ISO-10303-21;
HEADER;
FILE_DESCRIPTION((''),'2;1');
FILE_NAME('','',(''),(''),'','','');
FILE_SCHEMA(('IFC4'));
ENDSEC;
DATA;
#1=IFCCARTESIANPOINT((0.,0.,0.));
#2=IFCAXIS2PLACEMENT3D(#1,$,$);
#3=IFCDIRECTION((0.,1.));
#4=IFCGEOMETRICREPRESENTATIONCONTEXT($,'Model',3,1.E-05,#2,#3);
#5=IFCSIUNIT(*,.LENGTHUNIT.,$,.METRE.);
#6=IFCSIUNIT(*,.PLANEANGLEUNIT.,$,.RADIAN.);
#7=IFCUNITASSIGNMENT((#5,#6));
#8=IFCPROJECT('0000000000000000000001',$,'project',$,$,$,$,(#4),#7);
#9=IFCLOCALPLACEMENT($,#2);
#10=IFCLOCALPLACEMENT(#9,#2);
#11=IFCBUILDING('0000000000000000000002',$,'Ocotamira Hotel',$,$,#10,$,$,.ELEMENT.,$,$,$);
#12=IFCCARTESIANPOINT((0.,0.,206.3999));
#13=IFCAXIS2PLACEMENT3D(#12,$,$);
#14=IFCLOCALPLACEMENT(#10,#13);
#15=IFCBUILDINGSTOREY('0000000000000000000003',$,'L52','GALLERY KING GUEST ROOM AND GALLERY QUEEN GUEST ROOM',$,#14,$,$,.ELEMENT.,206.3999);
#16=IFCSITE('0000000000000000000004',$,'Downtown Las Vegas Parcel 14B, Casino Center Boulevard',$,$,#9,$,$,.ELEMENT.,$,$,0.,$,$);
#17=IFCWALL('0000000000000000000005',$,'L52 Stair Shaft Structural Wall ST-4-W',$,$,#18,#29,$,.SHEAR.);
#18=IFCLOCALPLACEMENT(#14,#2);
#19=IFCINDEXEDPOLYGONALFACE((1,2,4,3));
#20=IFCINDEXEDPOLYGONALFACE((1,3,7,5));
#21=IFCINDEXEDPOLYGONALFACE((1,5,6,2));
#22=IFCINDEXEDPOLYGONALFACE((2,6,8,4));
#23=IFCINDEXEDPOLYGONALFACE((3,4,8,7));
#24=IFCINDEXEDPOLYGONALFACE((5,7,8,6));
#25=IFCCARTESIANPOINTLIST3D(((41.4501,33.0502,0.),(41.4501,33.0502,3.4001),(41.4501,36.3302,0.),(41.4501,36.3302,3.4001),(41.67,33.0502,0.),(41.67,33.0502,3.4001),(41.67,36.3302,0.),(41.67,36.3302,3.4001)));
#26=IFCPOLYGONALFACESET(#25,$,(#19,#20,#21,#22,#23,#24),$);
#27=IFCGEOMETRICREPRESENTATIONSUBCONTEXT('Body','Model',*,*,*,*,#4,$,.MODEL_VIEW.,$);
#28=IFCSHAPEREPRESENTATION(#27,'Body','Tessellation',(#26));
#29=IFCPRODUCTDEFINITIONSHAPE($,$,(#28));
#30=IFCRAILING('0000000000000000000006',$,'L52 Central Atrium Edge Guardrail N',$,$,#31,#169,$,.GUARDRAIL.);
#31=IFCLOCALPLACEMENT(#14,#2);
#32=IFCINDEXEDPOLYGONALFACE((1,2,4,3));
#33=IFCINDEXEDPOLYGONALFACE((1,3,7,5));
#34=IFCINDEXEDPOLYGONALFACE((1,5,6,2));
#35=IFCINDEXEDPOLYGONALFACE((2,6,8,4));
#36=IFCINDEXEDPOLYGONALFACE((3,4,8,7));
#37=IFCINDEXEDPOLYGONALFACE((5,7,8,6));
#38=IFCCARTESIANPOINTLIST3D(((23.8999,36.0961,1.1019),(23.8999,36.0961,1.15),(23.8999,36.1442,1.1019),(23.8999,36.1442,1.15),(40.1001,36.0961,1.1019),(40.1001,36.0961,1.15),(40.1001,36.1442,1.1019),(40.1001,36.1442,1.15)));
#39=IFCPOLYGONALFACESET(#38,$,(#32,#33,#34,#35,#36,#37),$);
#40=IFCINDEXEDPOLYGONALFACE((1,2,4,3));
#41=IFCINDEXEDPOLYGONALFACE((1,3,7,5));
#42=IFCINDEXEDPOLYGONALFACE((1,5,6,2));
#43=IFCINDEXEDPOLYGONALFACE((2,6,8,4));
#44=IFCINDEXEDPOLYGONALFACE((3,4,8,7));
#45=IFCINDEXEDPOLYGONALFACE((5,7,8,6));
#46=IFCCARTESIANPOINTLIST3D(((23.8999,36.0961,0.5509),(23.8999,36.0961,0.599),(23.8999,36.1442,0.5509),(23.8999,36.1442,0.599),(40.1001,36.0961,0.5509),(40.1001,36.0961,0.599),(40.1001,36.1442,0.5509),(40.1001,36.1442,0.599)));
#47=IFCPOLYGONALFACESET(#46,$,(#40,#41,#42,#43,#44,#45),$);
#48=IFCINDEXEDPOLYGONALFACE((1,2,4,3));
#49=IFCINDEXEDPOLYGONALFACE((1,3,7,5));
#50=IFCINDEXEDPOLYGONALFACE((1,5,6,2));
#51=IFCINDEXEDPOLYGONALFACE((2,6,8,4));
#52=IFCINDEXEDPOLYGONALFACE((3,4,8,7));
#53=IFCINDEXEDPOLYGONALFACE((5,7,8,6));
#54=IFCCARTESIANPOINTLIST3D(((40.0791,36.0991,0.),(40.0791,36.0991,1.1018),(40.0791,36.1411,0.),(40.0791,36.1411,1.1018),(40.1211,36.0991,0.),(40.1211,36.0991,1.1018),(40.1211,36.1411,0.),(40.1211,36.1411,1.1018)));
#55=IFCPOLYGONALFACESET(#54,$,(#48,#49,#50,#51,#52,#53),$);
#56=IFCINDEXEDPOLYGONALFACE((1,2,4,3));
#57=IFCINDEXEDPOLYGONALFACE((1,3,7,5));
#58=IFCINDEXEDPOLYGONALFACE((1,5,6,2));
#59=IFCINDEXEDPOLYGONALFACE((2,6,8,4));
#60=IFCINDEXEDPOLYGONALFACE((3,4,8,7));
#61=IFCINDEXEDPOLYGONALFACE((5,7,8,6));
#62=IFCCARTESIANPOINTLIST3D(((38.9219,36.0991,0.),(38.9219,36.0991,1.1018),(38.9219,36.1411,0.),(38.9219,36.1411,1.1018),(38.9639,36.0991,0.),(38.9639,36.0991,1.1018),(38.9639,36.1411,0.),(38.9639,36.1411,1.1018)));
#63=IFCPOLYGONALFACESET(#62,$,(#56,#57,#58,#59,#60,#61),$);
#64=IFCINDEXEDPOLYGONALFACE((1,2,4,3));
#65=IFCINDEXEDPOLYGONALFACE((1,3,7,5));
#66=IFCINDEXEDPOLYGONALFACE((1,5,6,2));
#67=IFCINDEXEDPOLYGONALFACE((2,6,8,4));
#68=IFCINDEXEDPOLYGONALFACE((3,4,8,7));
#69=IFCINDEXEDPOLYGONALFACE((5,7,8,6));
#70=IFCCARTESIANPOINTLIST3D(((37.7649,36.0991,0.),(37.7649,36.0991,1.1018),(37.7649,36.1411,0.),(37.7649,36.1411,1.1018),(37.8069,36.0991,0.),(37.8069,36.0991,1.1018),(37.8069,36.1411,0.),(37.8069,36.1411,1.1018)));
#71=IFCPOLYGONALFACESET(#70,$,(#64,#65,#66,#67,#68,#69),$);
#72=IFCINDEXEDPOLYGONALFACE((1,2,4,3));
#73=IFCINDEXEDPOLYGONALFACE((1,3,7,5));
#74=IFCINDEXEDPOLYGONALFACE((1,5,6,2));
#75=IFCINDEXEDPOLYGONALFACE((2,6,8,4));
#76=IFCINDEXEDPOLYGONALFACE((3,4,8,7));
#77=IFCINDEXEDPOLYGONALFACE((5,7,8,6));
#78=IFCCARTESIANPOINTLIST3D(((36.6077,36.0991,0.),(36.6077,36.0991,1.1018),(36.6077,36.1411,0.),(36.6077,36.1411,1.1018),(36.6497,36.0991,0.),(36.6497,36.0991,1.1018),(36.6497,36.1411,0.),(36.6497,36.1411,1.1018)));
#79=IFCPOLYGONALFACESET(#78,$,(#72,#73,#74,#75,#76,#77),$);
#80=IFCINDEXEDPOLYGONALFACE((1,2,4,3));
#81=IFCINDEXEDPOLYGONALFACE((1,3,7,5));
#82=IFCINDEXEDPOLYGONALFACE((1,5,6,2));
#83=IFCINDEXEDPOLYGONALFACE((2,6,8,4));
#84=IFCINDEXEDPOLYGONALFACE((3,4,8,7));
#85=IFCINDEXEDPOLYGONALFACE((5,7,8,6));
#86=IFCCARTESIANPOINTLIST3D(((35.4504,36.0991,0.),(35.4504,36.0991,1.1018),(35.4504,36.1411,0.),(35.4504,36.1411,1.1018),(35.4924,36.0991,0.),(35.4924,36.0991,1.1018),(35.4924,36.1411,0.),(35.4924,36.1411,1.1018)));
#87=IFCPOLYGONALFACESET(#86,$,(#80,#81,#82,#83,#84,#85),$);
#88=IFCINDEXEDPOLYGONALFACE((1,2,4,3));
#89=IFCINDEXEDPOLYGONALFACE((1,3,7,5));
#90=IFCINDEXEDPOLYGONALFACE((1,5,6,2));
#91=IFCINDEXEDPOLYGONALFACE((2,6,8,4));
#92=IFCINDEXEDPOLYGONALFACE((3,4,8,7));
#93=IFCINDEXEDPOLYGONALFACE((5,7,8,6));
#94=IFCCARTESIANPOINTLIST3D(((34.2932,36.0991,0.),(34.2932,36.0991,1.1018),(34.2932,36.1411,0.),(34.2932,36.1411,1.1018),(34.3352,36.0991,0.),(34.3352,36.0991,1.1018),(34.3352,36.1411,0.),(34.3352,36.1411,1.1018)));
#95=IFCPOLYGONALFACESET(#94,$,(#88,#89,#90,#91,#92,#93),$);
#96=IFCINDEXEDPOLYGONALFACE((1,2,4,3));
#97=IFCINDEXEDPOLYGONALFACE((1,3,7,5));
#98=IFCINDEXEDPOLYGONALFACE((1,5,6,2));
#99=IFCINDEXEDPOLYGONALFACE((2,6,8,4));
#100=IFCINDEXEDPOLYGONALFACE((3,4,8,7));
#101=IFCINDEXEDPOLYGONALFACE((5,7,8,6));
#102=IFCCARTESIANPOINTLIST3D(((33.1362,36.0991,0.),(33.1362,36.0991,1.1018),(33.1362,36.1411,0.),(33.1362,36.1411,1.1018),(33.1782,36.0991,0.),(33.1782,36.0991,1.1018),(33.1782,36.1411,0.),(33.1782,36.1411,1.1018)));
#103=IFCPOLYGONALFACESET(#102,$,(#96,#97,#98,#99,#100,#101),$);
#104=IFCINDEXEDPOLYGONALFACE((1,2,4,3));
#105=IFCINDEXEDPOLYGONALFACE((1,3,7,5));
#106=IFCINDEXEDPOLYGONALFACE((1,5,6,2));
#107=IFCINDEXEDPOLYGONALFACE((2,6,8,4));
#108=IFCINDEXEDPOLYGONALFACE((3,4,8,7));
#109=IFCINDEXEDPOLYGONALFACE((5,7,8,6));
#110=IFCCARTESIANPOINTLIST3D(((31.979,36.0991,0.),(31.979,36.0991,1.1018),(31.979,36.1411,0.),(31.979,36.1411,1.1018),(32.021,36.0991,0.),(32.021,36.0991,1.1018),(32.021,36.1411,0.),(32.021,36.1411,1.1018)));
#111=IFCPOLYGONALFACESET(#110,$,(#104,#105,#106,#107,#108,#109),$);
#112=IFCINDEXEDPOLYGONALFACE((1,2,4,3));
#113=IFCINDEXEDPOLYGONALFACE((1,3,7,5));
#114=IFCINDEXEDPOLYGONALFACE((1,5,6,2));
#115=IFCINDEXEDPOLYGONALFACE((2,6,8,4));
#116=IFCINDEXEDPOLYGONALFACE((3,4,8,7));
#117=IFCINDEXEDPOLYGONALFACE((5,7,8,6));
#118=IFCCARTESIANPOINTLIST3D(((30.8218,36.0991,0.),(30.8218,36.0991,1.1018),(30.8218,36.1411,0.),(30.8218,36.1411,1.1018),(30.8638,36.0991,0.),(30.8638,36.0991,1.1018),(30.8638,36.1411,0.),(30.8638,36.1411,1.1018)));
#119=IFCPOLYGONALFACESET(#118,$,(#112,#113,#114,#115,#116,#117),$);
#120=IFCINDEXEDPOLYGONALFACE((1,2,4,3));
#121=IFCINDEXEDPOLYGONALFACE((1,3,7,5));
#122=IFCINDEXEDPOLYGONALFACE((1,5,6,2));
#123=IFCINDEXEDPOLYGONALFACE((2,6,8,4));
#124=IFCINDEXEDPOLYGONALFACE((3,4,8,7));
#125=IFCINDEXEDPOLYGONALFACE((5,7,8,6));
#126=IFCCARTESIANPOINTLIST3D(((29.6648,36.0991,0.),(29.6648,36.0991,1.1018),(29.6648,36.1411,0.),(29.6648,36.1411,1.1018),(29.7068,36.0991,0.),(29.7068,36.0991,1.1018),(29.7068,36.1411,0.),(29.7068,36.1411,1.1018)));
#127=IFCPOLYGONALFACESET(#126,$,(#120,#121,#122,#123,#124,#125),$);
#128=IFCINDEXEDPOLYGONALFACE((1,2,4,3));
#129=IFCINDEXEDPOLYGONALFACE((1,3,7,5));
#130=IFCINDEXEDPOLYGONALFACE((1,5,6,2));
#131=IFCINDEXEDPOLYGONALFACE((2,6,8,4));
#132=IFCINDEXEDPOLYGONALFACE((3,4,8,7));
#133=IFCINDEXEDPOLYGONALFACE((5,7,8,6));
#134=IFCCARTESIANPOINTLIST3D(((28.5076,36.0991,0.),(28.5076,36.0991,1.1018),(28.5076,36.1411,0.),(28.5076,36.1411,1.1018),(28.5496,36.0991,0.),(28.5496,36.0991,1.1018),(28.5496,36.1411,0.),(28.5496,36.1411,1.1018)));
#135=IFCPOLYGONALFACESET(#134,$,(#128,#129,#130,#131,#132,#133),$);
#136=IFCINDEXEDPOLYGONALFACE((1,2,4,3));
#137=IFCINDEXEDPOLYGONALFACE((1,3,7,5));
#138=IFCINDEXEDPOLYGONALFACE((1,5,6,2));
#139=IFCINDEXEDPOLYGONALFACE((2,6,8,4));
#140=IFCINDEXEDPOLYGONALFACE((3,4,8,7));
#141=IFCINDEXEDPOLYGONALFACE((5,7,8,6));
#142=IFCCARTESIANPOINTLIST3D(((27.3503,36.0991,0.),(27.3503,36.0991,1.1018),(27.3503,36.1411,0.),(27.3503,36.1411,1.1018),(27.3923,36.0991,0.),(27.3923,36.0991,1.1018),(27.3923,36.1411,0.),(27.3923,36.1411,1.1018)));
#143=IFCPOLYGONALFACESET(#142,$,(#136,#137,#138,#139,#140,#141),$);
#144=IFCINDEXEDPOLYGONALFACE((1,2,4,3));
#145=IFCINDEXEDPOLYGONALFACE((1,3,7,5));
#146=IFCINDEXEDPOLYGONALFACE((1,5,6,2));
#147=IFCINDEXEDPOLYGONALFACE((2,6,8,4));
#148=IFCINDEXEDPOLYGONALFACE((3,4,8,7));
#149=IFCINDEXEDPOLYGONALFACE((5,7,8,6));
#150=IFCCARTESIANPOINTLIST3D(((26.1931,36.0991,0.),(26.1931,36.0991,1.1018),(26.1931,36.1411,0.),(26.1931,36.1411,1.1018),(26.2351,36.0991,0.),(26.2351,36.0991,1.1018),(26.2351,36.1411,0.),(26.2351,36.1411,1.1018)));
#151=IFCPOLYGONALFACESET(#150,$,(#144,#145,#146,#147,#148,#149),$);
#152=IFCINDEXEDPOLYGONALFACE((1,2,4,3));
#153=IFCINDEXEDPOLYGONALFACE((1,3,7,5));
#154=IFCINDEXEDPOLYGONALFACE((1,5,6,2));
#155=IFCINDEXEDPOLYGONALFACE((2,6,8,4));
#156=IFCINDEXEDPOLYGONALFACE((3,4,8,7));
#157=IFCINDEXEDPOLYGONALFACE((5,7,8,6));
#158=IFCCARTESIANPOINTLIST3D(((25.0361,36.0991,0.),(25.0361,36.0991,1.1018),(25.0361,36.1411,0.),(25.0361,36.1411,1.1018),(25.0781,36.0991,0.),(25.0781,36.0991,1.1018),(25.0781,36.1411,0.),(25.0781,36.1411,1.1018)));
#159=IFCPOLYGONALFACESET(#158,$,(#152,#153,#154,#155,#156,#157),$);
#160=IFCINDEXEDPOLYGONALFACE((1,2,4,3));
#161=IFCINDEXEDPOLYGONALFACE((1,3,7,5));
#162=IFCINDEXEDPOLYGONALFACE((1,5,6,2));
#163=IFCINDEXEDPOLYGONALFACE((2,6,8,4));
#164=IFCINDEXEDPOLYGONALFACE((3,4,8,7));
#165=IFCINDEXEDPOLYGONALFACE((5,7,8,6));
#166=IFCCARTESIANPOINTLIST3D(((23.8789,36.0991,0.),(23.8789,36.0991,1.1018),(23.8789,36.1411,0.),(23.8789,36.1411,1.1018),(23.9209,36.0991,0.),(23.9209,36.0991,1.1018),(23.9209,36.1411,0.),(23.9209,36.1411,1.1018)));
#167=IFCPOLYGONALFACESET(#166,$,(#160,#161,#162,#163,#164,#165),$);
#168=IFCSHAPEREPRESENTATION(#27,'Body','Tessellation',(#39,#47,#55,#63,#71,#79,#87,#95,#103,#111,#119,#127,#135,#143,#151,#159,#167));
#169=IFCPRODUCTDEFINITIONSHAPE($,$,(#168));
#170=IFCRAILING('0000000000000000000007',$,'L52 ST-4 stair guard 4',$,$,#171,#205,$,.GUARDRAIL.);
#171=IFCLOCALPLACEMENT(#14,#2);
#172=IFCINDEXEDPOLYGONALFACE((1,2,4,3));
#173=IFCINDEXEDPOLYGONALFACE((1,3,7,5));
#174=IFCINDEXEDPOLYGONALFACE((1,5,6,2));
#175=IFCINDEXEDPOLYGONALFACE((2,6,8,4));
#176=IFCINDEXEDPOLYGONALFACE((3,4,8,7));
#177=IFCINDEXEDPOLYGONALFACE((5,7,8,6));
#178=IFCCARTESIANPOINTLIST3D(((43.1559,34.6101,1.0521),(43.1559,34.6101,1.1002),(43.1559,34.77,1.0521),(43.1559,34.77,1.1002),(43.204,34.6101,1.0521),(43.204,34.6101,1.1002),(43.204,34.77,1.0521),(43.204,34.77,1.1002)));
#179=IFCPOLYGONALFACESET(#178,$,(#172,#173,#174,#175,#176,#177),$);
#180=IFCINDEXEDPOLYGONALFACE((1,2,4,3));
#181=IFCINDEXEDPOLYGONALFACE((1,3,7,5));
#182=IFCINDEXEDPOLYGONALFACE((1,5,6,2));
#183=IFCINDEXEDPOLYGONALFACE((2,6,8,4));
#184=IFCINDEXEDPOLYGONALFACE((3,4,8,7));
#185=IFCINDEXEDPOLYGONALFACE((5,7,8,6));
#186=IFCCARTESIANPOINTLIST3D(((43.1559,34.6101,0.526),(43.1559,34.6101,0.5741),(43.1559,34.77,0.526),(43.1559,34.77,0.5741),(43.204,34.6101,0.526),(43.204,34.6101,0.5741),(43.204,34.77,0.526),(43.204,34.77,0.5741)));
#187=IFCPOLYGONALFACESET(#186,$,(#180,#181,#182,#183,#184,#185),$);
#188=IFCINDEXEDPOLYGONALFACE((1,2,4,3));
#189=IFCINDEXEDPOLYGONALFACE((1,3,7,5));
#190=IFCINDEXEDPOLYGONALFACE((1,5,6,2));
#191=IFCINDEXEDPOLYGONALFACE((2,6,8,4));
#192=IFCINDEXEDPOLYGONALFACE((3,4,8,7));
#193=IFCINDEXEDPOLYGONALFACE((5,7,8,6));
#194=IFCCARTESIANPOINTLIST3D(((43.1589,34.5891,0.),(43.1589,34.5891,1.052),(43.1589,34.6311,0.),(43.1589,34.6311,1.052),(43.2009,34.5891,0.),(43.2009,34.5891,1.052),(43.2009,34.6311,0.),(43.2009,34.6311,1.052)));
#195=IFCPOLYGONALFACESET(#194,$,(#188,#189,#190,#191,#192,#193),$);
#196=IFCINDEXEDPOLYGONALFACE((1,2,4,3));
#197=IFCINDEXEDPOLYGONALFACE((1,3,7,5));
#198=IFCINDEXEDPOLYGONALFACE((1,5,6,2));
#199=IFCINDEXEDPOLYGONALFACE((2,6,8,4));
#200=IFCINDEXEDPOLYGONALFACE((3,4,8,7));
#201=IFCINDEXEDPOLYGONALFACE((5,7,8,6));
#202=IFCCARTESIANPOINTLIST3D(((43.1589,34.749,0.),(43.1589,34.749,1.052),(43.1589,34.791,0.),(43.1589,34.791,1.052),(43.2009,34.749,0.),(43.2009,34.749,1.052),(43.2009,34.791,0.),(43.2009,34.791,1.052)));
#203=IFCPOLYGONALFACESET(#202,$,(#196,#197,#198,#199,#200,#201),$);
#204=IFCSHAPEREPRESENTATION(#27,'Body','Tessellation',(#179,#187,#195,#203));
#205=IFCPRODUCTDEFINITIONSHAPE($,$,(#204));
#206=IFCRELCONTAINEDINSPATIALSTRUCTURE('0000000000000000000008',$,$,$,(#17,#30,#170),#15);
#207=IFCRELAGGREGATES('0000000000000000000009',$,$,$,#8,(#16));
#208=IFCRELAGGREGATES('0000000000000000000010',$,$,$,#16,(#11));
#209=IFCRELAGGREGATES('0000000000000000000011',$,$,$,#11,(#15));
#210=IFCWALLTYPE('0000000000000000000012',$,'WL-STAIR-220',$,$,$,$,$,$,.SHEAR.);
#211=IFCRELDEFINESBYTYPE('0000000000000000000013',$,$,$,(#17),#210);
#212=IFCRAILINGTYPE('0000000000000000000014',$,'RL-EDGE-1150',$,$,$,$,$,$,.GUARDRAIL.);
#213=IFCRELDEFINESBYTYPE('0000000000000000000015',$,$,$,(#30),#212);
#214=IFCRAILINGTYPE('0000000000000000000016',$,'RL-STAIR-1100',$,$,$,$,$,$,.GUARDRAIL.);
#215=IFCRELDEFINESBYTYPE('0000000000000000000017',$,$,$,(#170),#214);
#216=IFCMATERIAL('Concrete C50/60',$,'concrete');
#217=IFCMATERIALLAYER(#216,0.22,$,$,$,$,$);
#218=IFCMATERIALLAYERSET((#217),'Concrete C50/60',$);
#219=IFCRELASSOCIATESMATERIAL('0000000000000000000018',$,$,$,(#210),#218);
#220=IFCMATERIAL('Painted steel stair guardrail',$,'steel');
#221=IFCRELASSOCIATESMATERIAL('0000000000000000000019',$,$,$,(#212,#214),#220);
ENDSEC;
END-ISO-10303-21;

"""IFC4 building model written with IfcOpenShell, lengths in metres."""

from ifc_helpers import new_model, si_unit, direction, frame, frame_2d, origin, origin_2d, place, context, subcontext, project, spatial, rectangle, extrude, material, layer, layer_set, type_object, element, save


model = new_model("IFC4")

# Units and contexts
model_context = context("Model", 3, precision=1e-05, world=origin(), true_north=direction((0.0, 1.0)))
body_context = subcontext(model_context, "Body", "Model", "MODEL_VIEW")
ifc_project = project(units=[si_unit("LENGTHUNIT", "METRE"), si_unit("PLANEANGLEUNIT", "RADIAN")], contexts=[model_context])

# Site, building, storey
site_placement = place(None, origin())
site = spatial("IfcSite", under=ifc_project, at=site_placement, Name="Downtown Las Vegas Parcel 14B, Casino Center Boulevard", CompositionType="ELEMENT", RefElevation=0.0)
building_placement = place(site_placement, origin())
building = spatial("IfcBuilding", under=site, at=building_placement, Name="Ocotamira Hotel", CompositionType="ELEMENT")
storey_placement = place(building_placement, frame((0.0, 0.0, 206.3999)))
storey = spatial("IfcBuildingStorey", under=building, at=storey_placement, Name="L52", Description="GALLERY KING GUEST ROOM AND GALLERY QUEEN GUEST ROOM", CompositionType="ELEMENT", Elevation=206.3999)

# Shared definitions
ifc_material_1 = material(Name="Concrete C50/60", Category="concrete")

# Shared definitions
ifc_layer_1 = layer(ifc_material_1, 0.22)
ifc_layer_set_1 = layer_set([ifc_layer_1], Name="Concrete C50/60")
wall_type_1 = type_object("IfcWallType", Name="WL-STAIR-220", PredefinedType="SHEAR", material=ifc_layer_set_1)

# Wall
wall_1_placement = place(storey_placement, frame((41.5601, 33.05, 0.0), z_axis=(0.0, 0.0, 1.0), x_axis=(0.0, 1.0, 0.0)))
element("IfcWall", 1, at=wall_1_placement, inside=storey, type_object=wall_type_1, Name="L52 Stair Shaft Structural Wall ST-4-W", PredefinedType="SHEAR", context=body_context, shape_type="SweptSolid", body=[
    extrude(rectangle(XDim=3.28, YDim=0.22, at=frame_2d((1.6401, 0.0))), origin(), (0.0, 0.0, 1.0), 3.4001),
])

# Railings
ifc_material_2 = material(Name="Painted steel stair guardrail", Category="steel")
railing_type_1 = type_object("IfcRailingType", Name="RL-EDGE-1150", PredefinedType="GUARDRAIL", material=ifc_material_2)
railing_1_placement = place(storey_placement, frame((40.1001, 36.1201, 0.0)))
element("IfcRailing", 2, at=railing_1_placement, inside=storey, type_object=railing_type_1, Name="L52 Central Atrium Edge Guardrail N", PredefinedType="GUARDRAIL", context=body_context, shape_type="SweptSolid", body=[
    extrude(rectangle(XDim=0.0481, YDim=0.0481, at=origin_2d()), frame((0.0, 0.0, 1.126), z_axis=(-1.0, 0.0, 0.0), x_axis=(0.0, -1.0, 0.0)), (0.0, 0.0, 1.0), 16.2002),
    extrude(rectangle(XDim=0.0481, YDim=0.0481, at=origin_2d()), frame((0.0, 0.0, 0.575), z_axis=(-1.0, 0.0, 0.0), x_axis=(0.0, -1.0, 0.0)), (0.0, 0.0, 1.0), 16.2002),
    extrude(rectangle(XDim=0.042, YDim=0.042, at=origin_2d()), origin(), (0.0, 0.0, 1.0), 1.1018),
    extrude(rectangle(XDim=0.042, YDim=0.042, at=origin_2d()), frame((-1.1572, 0.0, 0.0)), (0.0, 0.0, 1.0), 1.1018),
    extrude(rectangle(XDim=0.042, YDim=0.042, at=origin_2d()), frame((-2.3142, 0.0, 0.0)), (0.0, 0.0, 1.0), 1.1018),
    extrude(rectangle(XDim=0.042, YDim=0.042, at=origin_2d()), frame((-3.4714, 0.0, 0.0)), (0.0, 0.0, 1.0), 1.1018),
    extrude(rectangle(XDim=0.042, YDim=0.042, at=origin_2d()), frame((-4.6287, 0.0, 0.0)), (0.0, 0.0, 1.0), 1.1018),
    extrude(rectangle(XDim=0.042, YDim=0.042, at=origin_2d()), frame((-5.7859, 0.0, 0.0)), (0.0, 0.0, 1.0), 1.1018),
    extrude(rectangle(XDim=0.042, YDim=0.042, at=origin_2d()), frame((-6.9429, 0.0, 0.0)), (0.0, 0.0, 1.0), 1.1018),
    extrude(rectangle(XDim=0.042, YDim=0.042, at=origin_2d()), frame((-8.1001, 0.0, 0.0)), (0.0, 0.0, 1.0), 1.1018),
    extrude(rectangle(XDim=0.042, YDim=0.042, at=origin_2d()), frame((-9.2573, 0.0, 0.0)), (0.0, 0.0, 1.0), 1.1018),
    extrude(rectangle(XDim=0.042, YDim=0.042, at=origin_2d()), frame((-10.4143, 0.0, 0.0)), (0.0, 0.0, 1.0), 1.1018),
    extrude(rectangle(XDim=0.042, YDim=0.042, at=origin_2d()), frame((-11.5715, 0.0, 0.0)), (0.0, 0.0, 1.0), 1.1018),
    extrude(rectangle(XDim=0.042, YDim=0.042, at=origin_2d()), frame((-12.7288, 0.0, 0.0)), (0.0, 0.0, 1.0), 1.1018),
    extrude(rectangle(XDim=0.042, YDim=0.042, at=origin_2d()), frame((-13.886, 0.0, 0.0)), (0.0, 0.0, 1.0), 1.1018),
    extrude(rectangle(XDim=0.042, YDim=0.042, at=origin_2d()), frame((-15.043, 0.0, 0.0)), (0.0, 0.0, 1.0), 1.1018),
    extrude(rectangle(XDim=0.042, YDim=0.042, at=origin_2d()), frame((-16.2002, 0.0, 0.0)), (0.0, 0.0, 1.0), 1.1018),
])
railing_type_2 = type_object("IfcRailingType", Name="RL-STAIR-1100", PredefinedType="GUARDRAIL", material=ifc_material_2)
railing_2_placement = place(storey_placement, frame((43.1799, 34.6101, 0.0)))
element("IfcRailing", 3, at=railing_2_placement, inside=storey, type_object=railing_type_2, Name="L52 ST-4 stair guard 4", PredefinedType="GUARDRAIL", context=body_context, shape_type="SweptSolid", body=[
    extrude(rectangle(XDim=0.0481, YDim=0.0481, at=origin_2d()), frame((0.0, 0.0, 1.0762), z_axis=(0.0, 1.0, 0.0), x_axis=(-1.0, 0.0, 0.0)), (0.0, 0.0, 1.0), 0.1599),
    extrude(rectangle(XDim=0.0481, YDim=0.0481, at=origin_2d()), frame((0.0, 0.0, 0.55), z_axis=(0.0, 1.0, 0.0), x_axis=(-1.0, 0.0, 0.0)), (0.0, 0.0, 1.0), 0.1599),
    extrude(rectangle(XDim=0.042, YDim=0.042, at=origin_2d()), origin(), (0.0, 0.0, 1.0), 1.052),
    extrude(rectangle(XDim=0.042, YDim=0.042, at=origin_2d()), frame((0.0, 0.1599, 0.0)), (0.0, 0.0, 1.0), 1.052),
])

save(model, "model.ifc")
